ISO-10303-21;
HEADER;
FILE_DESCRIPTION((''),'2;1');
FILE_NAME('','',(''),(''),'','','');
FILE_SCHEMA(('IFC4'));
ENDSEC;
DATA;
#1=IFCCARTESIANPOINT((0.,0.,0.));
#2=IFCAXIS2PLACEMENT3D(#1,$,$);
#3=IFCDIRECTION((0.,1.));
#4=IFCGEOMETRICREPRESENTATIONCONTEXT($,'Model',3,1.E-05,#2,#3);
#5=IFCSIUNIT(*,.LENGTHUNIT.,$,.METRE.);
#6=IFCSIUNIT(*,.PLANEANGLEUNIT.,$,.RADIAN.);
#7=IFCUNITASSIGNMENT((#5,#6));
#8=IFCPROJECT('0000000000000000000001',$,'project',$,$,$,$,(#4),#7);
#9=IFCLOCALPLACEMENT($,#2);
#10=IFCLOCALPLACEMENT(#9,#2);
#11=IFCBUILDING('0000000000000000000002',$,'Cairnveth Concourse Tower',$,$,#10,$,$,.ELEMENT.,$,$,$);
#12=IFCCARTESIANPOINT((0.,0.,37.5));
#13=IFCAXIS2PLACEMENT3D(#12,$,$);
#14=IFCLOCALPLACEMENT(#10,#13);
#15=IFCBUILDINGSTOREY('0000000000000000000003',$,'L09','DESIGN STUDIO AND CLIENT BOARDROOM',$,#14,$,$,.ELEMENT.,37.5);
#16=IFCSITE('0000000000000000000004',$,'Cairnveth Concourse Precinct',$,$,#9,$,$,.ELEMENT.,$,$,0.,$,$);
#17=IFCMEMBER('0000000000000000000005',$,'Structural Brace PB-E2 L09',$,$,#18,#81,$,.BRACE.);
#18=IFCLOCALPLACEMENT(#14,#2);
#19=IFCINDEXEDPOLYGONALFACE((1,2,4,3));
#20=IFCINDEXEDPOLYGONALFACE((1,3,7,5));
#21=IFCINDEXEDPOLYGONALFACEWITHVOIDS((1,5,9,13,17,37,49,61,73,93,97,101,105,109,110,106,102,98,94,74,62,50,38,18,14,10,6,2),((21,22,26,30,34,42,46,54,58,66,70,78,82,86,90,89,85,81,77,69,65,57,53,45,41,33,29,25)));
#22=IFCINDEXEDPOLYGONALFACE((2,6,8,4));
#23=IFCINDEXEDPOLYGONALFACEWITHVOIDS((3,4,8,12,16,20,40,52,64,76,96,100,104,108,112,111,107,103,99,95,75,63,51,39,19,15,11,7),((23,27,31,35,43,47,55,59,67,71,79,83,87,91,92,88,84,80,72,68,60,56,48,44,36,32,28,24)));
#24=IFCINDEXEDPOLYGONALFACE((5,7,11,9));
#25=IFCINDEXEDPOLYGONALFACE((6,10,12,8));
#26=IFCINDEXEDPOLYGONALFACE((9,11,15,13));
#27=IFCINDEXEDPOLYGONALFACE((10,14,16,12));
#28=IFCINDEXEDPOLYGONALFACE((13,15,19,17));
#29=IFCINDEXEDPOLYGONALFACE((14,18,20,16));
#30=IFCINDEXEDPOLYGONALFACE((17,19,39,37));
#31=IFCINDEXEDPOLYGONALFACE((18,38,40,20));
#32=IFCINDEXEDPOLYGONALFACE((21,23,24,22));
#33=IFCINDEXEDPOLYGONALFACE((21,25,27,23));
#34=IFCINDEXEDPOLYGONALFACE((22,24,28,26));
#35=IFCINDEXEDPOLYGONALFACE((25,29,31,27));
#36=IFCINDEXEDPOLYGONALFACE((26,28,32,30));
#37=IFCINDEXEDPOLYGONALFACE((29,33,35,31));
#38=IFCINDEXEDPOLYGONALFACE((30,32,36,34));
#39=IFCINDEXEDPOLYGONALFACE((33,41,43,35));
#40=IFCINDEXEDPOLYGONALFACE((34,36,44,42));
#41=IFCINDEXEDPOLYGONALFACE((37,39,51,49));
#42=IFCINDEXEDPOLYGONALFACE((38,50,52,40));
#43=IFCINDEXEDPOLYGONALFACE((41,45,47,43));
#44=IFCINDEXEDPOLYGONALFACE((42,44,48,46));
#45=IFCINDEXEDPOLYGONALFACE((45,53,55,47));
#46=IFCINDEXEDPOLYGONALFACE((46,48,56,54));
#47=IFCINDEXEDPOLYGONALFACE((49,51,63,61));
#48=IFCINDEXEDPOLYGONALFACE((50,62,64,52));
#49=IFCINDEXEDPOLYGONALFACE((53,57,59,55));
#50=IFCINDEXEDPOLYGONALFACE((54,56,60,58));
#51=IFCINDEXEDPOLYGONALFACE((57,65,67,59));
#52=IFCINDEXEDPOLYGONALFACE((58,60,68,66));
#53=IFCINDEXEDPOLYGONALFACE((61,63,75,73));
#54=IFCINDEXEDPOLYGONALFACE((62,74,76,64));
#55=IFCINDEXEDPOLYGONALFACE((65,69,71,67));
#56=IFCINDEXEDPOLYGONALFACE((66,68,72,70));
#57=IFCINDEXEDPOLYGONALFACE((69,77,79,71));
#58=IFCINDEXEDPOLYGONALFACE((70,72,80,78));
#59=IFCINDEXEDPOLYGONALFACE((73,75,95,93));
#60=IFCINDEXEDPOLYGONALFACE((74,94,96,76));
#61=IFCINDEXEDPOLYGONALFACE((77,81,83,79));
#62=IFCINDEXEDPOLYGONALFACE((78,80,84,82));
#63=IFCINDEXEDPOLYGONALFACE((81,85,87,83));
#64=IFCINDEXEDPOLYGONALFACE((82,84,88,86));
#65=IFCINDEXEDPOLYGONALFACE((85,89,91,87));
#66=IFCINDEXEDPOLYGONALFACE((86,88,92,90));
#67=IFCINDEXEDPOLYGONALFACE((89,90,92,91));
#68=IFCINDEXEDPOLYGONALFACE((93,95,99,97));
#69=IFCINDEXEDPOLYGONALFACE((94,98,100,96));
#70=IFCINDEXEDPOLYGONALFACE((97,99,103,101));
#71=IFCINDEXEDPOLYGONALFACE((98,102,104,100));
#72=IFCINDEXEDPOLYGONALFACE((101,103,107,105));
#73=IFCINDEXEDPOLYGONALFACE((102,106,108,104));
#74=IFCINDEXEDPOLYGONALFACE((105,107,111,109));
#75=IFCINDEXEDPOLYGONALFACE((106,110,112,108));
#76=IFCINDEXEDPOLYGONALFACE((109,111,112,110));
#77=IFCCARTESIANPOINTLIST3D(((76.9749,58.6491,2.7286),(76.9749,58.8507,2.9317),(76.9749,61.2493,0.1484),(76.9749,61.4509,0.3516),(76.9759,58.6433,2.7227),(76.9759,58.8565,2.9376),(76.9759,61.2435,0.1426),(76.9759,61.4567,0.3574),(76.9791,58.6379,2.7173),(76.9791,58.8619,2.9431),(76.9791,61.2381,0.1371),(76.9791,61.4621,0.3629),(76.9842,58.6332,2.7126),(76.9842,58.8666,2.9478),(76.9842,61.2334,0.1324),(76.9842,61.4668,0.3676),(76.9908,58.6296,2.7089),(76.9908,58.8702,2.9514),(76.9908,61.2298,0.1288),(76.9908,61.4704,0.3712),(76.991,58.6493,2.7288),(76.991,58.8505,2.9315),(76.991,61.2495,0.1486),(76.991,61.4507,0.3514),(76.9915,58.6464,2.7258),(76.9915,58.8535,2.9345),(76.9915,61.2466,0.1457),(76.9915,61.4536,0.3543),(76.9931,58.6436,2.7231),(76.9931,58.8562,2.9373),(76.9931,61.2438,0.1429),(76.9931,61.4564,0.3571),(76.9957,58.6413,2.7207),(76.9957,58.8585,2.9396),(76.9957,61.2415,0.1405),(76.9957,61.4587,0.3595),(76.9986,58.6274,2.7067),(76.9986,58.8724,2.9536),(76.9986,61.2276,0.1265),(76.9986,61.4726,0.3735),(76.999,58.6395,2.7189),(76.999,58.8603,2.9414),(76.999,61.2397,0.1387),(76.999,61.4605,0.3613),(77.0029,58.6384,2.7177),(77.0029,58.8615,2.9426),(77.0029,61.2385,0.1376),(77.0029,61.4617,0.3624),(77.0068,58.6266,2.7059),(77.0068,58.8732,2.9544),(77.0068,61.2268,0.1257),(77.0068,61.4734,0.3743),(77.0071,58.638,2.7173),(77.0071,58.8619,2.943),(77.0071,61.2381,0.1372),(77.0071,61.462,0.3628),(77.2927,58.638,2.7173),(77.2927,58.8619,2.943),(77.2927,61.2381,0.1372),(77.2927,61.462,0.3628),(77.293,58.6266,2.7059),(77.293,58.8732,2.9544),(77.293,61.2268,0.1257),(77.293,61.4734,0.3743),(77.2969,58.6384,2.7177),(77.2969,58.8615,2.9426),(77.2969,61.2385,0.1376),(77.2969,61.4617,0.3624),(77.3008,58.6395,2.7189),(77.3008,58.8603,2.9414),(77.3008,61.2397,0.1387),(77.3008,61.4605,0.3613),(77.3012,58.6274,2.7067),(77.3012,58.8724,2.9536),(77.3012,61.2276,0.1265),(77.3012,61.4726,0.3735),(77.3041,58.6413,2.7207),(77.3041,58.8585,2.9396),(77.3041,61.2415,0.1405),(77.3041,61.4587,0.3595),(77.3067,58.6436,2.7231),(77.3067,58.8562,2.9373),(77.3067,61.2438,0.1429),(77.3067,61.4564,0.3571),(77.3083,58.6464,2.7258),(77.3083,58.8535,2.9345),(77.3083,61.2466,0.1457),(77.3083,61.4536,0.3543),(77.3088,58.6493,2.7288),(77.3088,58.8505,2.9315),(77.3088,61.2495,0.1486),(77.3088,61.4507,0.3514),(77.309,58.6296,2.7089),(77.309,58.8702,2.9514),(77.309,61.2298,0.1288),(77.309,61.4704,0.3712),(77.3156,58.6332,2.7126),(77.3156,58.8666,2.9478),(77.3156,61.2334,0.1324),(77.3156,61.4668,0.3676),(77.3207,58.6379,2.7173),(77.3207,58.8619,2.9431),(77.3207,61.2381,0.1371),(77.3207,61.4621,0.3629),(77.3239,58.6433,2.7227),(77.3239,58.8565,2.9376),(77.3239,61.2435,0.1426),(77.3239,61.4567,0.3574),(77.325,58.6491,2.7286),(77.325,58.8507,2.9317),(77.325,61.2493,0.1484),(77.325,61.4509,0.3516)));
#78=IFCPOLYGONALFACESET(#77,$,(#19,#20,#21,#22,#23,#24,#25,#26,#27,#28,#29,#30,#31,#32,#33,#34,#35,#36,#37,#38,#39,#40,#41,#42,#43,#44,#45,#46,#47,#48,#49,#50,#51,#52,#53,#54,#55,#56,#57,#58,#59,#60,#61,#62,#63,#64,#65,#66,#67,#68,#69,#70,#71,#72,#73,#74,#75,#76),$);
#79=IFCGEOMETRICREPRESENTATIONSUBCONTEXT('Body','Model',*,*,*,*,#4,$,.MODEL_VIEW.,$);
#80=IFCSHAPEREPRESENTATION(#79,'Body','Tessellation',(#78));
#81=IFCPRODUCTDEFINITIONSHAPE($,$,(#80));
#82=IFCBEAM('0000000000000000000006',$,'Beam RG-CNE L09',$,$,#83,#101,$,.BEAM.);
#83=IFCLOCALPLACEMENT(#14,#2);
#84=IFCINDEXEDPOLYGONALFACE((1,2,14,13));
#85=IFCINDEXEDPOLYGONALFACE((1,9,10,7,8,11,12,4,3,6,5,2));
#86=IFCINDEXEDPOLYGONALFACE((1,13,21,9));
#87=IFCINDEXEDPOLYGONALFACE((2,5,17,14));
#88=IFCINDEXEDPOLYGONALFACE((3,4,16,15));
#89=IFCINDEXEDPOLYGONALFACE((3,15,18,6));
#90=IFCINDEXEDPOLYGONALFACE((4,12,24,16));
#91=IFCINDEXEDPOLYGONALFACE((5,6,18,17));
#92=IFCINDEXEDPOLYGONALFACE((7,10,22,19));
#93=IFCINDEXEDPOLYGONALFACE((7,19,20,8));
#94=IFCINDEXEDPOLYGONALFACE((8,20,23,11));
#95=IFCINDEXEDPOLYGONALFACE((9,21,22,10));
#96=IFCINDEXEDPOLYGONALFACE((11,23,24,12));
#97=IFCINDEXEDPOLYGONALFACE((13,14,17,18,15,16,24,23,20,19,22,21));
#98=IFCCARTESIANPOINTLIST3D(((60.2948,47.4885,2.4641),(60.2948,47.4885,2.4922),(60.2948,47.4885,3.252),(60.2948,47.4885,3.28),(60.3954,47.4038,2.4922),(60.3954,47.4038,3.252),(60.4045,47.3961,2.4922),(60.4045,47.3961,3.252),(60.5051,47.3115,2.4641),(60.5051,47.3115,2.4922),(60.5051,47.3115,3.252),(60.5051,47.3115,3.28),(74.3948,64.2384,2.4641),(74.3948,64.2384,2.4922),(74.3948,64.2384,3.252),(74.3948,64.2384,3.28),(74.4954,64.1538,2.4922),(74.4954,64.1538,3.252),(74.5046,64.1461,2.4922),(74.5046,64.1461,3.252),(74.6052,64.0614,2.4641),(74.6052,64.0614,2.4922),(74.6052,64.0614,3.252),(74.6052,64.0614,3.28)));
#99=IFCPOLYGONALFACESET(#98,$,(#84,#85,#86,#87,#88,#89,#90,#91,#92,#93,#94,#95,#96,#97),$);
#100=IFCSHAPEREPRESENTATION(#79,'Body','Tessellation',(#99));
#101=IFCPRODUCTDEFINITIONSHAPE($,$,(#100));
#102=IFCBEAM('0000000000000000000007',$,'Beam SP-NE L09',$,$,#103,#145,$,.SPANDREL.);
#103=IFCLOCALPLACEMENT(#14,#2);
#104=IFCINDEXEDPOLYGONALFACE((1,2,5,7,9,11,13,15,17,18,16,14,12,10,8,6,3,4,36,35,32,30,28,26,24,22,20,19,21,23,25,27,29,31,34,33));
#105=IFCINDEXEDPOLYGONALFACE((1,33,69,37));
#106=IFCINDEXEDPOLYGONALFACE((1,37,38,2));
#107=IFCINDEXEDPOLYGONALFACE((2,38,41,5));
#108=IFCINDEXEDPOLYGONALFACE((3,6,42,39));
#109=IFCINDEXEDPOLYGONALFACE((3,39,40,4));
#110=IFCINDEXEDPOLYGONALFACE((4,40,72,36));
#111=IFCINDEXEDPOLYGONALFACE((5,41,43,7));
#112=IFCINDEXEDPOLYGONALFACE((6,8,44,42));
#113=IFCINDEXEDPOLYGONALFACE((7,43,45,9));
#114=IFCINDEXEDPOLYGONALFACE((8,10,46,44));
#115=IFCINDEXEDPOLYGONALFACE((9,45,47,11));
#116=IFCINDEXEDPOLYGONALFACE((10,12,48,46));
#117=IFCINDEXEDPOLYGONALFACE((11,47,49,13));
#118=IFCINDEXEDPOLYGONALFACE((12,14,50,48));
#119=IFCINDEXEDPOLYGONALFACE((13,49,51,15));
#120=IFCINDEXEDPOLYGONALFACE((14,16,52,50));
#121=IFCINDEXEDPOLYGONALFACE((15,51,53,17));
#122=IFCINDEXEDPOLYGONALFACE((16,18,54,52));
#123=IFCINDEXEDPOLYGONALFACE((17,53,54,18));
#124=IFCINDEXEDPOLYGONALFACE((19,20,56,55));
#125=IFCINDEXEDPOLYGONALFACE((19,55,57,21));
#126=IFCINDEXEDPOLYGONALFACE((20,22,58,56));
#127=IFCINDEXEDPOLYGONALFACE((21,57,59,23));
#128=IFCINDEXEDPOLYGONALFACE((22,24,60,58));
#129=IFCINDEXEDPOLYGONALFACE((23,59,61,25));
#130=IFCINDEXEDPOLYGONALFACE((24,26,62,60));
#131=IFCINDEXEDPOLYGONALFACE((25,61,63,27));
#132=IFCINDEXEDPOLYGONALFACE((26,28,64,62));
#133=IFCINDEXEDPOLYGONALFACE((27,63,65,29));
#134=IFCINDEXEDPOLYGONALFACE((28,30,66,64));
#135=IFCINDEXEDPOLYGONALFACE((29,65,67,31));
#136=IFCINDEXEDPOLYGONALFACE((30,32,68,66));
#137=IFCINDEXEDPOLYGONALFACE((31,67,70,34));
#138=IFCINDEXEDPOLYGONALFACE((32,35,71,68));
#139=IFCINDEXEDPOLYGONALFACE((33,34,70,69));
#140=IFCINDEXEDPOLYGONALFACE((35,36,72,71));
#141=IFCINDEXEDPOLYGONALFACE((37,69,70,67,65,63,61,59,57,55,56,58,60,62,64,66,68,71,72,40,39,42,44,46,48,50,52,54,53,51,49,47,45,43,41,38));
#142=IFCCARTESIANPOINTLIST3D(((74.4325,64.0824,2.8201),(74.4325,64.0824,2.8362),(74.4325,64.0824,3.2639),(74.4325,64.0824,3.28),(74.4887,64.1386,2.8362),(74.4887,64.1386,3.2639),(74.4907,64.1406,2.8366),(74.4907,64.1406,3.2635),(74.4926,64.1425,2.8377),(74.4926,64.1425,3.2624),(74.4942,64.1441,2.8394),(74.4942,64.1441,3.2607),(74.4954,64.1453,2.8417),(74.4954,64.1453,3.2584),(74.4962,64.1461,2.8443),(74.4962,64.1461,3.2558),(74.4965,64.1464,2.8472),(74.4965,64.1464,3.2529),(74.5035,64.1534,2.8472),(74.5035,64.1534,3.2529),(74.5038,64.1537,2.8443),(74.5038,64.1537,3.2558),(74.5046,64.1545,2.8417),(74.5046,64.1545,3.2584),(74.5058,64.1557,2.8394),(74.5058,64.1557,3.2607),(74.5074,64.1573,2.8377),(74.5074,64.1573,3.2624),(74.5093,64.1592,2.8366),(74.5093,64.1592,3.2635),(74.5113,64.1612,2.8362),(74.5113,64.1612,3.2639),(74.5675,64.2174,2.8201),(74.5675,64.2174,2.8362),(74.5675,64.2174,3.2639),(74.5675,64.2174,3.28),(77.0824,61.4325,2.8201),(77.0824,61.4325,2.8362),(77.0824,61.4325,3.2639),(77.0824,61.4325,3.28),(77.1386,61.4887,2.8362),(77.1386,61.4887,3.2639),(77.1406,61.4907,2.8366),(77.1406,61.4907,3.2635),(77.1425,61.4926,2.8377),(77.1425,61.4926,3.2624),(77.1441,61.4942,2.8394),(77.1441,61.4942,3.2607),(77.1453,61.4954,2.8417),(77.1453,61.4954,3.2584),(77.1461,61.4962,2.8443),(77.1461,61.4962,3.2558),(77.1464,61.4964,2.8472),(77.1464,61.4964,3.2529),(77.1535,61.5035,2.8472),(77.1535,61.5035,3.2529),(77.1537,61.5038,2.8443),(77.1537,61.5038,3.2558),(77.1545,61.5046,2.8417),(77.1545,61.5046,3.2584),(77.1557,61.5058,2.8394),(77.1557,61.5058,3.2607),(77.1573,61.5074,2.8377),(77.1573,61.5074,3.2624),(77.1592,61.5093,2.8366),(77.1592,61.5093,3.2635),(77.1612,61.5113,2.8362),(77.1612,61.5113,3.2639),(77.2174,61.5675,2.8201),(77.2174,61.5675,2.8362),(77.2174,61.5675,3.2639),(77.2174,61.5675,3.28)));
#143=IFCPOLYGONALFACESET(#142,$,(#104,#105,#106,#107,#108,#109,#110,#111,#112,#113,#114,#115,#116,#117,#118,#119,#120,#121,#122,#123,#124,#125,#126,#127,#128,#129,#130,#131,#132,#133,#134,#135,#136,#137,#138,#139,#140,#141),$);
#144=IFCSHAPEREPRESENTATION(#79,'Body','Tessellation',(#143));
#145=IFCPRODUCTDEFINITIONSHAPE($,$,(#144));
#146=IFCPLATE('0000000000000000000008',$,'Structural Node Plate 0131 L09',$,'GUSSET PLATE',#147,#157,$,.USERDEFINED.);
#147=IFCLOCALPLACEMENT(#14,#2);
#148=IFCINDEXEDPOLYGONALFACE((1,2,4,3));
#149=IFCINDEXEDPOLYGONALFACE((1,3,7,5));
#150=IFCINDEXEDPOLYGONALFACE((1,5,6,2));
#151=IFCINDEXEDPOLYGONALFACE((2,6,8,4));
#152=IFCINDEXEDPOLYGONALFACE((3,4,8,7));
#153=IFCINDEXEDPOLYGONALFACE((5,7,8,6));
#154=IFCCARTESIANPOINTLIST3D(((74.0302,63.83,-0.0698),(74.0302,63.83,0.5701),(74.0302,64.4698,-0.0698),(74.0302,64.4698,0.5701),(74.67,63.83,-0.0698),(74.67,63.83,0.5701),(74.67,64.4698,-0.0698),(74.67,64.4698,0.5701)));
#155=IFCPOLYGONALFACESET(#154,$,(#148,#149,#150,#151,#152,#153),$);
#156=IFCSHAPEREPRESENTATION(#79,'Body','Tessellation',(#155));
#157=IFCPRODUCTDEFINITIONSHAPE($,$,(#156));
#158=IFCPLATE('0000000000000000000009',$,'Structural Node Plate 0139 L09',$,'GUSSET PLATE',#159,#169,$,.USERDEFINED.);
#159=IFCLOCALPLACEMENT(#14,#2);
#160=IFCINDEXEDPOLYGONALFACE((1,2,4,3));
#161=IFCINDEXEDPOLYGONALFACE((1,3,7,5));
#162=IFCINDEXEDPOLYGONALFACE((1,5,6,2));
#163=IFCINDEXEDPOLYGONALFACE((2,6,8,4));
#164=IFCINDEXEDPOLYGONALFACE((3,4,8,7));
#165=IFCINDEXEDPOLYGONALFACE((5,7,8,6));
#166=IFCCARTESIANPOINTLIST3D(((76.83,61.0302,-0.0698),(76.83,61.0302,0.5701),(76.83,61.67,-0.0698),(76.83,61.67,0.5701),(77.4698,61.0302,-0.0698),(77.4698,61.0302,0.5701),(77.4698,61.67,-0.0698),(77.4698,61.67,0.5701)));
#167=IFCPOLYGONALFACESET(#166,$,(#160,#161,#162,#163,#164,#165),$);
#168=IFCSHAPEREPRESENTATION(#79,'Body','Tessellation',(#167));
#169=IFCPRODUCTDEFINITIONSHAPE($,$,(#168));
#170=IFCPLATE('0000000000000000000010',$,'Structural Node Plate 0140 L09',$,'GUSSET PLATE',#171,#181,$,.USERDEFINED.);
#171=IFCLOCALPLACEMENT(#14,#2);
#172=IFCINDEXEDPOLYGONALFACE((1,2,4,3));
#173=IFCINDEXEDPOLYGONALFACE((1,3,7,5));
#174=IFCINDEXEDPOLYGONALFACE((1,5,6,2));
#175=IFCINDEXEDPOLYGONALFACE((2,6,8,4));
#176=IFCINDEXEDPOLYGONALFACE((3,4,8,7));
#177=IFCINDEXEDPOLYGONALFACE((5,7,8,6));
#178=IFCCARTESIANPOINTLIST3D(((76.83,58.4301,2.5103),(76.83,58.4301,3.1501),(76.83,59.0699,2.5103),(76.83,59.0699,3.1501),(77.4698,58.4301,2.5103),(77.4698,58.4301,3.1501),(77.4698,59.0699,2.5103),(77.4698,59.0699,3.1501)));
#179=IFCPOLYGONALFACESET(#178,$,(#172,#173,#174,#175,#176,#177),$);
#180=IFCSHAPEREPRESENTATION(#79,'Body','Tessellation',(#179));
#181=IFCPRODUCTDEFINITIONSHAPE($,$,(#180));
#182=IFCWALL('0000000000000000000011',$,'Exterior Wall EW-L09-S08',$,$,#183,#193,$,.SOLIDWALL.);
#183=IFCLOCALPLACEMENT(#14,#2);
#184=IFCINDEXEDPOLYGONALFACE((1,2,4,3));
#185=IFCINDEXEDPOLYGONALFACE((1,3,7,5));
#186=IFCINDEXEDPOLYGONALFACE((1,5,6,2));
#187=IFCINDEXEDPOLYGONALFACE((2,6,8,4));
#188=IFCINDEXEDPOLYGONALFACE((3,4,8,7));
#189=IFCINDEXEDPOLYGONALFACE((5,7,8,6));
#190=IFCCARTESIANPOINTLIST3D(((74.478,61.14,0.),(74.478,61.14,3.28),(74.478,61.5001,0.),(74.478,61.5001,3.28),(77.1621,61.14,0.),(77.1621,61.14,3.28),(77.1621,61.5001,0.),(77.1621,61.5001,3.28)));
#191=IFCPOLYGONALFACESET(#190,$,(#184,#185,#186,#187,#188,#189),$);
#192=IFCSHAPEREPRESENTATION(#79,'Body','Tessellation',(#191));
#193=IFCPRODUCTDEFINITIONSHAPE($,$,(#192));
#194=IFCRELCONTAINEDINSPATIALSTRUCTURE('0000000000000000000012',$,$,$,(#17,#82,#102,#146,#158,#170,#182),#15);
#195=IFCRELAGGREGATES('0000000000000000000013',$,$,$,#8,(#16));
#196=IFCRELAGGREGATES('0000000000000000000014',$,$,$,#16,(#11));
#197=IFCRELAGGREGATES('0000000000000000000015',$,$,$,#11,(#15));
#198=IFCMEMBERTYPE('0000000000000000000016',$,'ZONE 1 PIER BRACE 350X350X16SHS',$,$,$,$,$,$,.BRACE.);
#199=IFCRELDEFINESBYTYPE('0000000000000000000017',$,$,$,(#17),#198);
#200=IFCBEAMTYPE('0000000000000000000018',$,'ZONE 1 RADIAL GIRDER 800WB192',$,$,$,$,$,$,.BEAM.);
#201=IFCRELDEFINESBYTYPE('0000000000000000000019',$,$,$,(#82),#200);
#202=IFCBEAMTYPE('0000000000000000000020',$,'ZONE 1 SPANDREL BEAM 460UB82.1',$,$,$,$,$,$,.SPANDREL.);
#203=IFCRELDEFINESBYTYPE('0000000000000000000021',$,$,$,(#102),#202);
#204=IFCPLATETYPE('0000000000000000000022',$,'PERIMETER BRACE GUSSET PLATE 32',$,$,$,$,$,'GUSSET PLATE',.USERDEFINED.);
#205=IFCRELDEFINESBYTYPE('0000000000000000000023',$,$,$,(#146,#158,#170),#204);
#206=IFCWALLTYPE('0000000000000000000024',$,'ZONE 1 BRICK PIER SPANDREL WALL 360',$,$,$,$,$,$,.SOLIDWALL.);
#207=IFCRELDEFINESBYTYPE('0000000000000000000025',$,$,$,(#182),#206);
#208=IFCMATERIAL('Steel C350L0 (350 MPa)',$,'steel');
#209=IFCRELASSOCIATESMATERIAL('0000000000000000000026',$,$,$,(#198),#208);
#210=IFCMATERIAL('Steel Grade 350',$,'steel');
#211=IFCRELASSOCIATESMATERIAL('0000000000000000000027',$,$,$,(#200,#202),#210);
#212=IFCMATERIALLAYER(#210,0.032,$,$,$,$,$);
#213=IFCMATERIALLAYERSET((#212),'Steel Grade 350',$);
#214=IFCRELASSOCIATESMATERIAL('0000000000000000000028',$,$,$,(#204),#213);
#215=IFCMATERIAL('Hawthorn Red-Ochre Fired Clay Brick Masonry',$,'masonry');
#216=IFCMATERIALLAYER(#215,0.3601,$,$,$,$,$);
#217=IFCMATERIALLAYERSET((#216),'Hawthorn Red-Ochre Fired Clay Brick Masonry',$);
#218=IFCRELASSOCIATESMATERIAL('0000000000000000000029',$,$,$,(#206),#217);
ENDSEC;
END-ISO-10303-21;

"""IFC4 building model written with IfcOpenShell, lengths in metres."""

from ifc_helpers import new_model, si_unit, direction, frame, frame_2d, origin, origin_2d, place, context, subcontext, project, spatial, rectangle, hollow_rectangle, i_section, extrude, material, layer, layer_set, material_profile, profile_set, type_object, element, save


model = new_model("IFC4")

# Units and contexts
model_context = context("Model", 3, precision=1e-05, world=origin(), true_north=direction((0.0, 1.0)))
body_context = subcontext(model_context, "Body", "Model", "MODEL_VIEW")
ifc_project = project(units=[si_unit("LENGTHUNIT", "METRE"), si_unit("PLANEANGLEUNIT", "RADIAN")], contexts=[model_context])

# Site, building, storey
site_placement = place(None, origin())
site = spatial("IfcSite", under=ifc_project, at=site_placement, Name="Cairnveth Concourse Precinct", CompositionType="ELEMENT", RefElevation=0.0)
building_placement = place(site_placement, origin())
building = spatial("IfcBuilding", under=site, at=building_placement, Name="Cairnveth Concourse Tower", CompositionType="ELEMENT")
storey_placement = place(building_placement, frame((0.0, 0.0, 37.5)))
storey = spatial("IfcBuildingStorey", under=building, at=storey_placement, Name="L09", Description="DESIGN STUDIO AND CLIENT BOARDROOM", CompositionType="ELEMENT", Elevation=37.5)

# Shared definitions
ifc_material_1 = material(Name="Steel Grade 350", Category="steel")

# Member
ifc_material_2 = material(Name="Steel C350L0 (350 MPa)", Category="steel")
ifc_material_profile_1 = material_profile(ifc_material_2, hollow_rectangle(XDim=0.3501, YDim=0.3501, WallThickness=0.0161, InnerFilletRadius=0.0161, OuterFilletRadius=0.032, at=origin_2d()), Name="350x350x16.0SHS")
ifc_profile_set_1 = profile_set([ifc_material_profile_1], Name="Steel C350L0 (350 MPa)")
member_type = type_object("IfcMemberType", Name="ZONE 1 PIER BRACE 350X350X16SHS", PredefinedType="BRACE", material=ifc_profile_set_1)
for number, where, z_axis, x_axis, name in (
    (1, (77.1499, 61.3501, 0.25), (0.0, -0.709834, 0.704369), (1.0, 0.0, 0.0), "Structural Brace PB-E2 L09"),
):
    element("IfcMember", number, at=place(storey_placement, frame(where, z_axis=z_axis, x_axis=x_axis)), inside=storey, type_object=member_type, Name=name, PredefinedType="BRACE", context=body_context, shape_type="SweptSolid", body=[
        extrude(hollow_rectangle(XDim=0.3501, YDim=0.3501, WallThickness=0.0161, InnerFilletRadius=0.0161, OuterFilletRadius=0.032, at=origin_2d()), origin(), (0.0, 0.0, 1.0), 3.6631),
    ])

# Beams
ifc_material_profile_2 = material_profile(ifc_material_1, i_section(OverallWidth=0.2749, OverallDepth=0.8159, WebThickness=0.012, FlangeThickness=0.0281, at=origin_2d()), Name="800WB192")
ifc_profile_set_2 = profile_set([ifc_material_profile_2], Name="Steel Grade 350")
beam_type_1 = type_object("IfcBeamType", Name="ZONE 1 RADIAL GIRDER 800WB192", PredefinedType="BEAM", material=ifc_profile_set_2)
beam_1_placement = place(storey_placement, frame((74.5, 64.1499, 2.8721), z_axis=(-0.643998, -0.765027, 0.0), x_axis=(0.765027, -0.643998, 0.0)))
element("IfcBeam", 2, at=beam_1_placement, inside=storey, type_object=beam_type_1, Name="Beam RG-CNE L09", PredefinedType="BEAM", context=body_context, shape_type="SweptSolid", body=[
    extrude(i_section(OverallWidth=0.2749, OverallDepth=0.8159, WebThickness=0.012, FlangeThickness=0.0281, at=origin_2d()), origin(), (0.0, 0.0, 1.0), 21.8945),
])
ifc_material_profile_3 = material_profile(ifc_material_1, i_section(OverallWidth=0.1909, OverallDepth=0.46, WebThickness=0.01, FlangeThickness=0.0161, FilletRadius=0.011, at=origin_2d()), Name="460UB82.1")
ifc_profile_set_3 = profile_set([ifc_material_profile_3], Name="Steel Grade 350")
beam_type_2 = type_object("IfcBeamType", Name="ZONE 1 SPANDREL BEAM 460UB82.1", PredefinedType="SPANDREL", material=ifc_profile_set_3)
beam_2_placement = place(storey_placement, frame((74.5, 64.1499, 3.05), z_axis=(0.707107, -0.707107, 0.0), x_axis=(0.707107, 0.707107, 0.0)))
element("IfcBeam", 3, at=beam_2_placement, inside=storey, type_object=beam_type_2, Name="Beam SP-NE L09", PredefinedType="SPANDREL", context=body_context, shape_type="SweptSolid", body=[
    extrude(i_section(OverallWidth=0.1909, OverallDepth=0.46, WebThickness=0.01, FlangeThickness=0.0161, FilletRadius=0.011, at=origin_2d()), origin(), (0.0, 0.0, 1.0), 3.7476),
])

# Plates
ifc_layer_1 = layer(ifc_material_1, 0.032)
ifc_layer_set_1 = layer_set([ifc_layer_1], Name="Steel Grade 350")
plate_type = type_object("IfcPlateType", Name="PERIMETER BRACE GUSSET PLATE 32", ElementType="GUSSET PLATE", PredefinedType="USERDEFINED", material=ifc_layer_set_1)
for number, where, z_axis, x_axis, name in (
    (4, (74.3501, 64.1499, -0.0698), (0.0, 0.0, 1.0), (1.0, 0.0, 0.0), "Structural Node Plate 0131 L09"),
    (5, (77.1499, 61.3501, -0.0698), (0.0, 0.0, 1.0), (1.0, 0.0, 0.0), "Structural Node Plate 0139 L09"),
    (6, (77.1499, 58.75, 2.5103), (0.0, 0.0, 1.0), (1.0, 0.0, 0.0), "Structural Node Plate 0140 L09"),
):
    element("IfcPlate", number, at=place(storey_placement, frame(where, z_axis=z_axis, x_axis=x_axis)), inside=storey, type_object=plate_type, Name=name, ObjectType="GUSSET PLATE", PredefinedType="USERDEFINED", context=body_context, shape_type="SweptSolid", body=[
        extrude(rectangle(XDim=0.6399, YDim=0.6399, at=origin_2d()), origin(), (0.0, 0.0, 1.0), 0.6399),
    ])

# Wall
ifc_material_3 = material(Name="Hawthorn Red-Ochre Fired Clay Brick Masonry", Category="masonry")
ifc_layer_2 = layer(ifc_material_3, 0.3601)
ifc_layer_set_2 = layer_set([ifc_layer_2], Name="Hawthorn Red-Ochre Fired Clay Brick Masonry")
wall_type = type_object("IfcWallType", Name="ZONE 1 BRICK PIER SPANDREL WALL 360", PredefinedType="SOLIDWALL", material=ifc_layer_set_2)
wall_1_placement = place(storey_placement, frame((74.478, 61.3201, 0.0), z_axis=(0.0, 0.0, 1.0), x_axis=(1.0, 0.0, 0.0)))
element("IfcWall", 7, at=wall_1_placement, inside=storey, type_object=wall_type, Name="Exterior Wall EW-L09-S08", PredefinedType="SOLIDWALL", context=body_context, shape_type="SweptSolid", body=[
    extrude(rectangle(XDim=2.6841, YDim=0.3601, at=frame_2d((1.342, 0.0))), origin(), (0.0, 0.0, 1.0), 3.28),
])

save(model, "model.ifc")
